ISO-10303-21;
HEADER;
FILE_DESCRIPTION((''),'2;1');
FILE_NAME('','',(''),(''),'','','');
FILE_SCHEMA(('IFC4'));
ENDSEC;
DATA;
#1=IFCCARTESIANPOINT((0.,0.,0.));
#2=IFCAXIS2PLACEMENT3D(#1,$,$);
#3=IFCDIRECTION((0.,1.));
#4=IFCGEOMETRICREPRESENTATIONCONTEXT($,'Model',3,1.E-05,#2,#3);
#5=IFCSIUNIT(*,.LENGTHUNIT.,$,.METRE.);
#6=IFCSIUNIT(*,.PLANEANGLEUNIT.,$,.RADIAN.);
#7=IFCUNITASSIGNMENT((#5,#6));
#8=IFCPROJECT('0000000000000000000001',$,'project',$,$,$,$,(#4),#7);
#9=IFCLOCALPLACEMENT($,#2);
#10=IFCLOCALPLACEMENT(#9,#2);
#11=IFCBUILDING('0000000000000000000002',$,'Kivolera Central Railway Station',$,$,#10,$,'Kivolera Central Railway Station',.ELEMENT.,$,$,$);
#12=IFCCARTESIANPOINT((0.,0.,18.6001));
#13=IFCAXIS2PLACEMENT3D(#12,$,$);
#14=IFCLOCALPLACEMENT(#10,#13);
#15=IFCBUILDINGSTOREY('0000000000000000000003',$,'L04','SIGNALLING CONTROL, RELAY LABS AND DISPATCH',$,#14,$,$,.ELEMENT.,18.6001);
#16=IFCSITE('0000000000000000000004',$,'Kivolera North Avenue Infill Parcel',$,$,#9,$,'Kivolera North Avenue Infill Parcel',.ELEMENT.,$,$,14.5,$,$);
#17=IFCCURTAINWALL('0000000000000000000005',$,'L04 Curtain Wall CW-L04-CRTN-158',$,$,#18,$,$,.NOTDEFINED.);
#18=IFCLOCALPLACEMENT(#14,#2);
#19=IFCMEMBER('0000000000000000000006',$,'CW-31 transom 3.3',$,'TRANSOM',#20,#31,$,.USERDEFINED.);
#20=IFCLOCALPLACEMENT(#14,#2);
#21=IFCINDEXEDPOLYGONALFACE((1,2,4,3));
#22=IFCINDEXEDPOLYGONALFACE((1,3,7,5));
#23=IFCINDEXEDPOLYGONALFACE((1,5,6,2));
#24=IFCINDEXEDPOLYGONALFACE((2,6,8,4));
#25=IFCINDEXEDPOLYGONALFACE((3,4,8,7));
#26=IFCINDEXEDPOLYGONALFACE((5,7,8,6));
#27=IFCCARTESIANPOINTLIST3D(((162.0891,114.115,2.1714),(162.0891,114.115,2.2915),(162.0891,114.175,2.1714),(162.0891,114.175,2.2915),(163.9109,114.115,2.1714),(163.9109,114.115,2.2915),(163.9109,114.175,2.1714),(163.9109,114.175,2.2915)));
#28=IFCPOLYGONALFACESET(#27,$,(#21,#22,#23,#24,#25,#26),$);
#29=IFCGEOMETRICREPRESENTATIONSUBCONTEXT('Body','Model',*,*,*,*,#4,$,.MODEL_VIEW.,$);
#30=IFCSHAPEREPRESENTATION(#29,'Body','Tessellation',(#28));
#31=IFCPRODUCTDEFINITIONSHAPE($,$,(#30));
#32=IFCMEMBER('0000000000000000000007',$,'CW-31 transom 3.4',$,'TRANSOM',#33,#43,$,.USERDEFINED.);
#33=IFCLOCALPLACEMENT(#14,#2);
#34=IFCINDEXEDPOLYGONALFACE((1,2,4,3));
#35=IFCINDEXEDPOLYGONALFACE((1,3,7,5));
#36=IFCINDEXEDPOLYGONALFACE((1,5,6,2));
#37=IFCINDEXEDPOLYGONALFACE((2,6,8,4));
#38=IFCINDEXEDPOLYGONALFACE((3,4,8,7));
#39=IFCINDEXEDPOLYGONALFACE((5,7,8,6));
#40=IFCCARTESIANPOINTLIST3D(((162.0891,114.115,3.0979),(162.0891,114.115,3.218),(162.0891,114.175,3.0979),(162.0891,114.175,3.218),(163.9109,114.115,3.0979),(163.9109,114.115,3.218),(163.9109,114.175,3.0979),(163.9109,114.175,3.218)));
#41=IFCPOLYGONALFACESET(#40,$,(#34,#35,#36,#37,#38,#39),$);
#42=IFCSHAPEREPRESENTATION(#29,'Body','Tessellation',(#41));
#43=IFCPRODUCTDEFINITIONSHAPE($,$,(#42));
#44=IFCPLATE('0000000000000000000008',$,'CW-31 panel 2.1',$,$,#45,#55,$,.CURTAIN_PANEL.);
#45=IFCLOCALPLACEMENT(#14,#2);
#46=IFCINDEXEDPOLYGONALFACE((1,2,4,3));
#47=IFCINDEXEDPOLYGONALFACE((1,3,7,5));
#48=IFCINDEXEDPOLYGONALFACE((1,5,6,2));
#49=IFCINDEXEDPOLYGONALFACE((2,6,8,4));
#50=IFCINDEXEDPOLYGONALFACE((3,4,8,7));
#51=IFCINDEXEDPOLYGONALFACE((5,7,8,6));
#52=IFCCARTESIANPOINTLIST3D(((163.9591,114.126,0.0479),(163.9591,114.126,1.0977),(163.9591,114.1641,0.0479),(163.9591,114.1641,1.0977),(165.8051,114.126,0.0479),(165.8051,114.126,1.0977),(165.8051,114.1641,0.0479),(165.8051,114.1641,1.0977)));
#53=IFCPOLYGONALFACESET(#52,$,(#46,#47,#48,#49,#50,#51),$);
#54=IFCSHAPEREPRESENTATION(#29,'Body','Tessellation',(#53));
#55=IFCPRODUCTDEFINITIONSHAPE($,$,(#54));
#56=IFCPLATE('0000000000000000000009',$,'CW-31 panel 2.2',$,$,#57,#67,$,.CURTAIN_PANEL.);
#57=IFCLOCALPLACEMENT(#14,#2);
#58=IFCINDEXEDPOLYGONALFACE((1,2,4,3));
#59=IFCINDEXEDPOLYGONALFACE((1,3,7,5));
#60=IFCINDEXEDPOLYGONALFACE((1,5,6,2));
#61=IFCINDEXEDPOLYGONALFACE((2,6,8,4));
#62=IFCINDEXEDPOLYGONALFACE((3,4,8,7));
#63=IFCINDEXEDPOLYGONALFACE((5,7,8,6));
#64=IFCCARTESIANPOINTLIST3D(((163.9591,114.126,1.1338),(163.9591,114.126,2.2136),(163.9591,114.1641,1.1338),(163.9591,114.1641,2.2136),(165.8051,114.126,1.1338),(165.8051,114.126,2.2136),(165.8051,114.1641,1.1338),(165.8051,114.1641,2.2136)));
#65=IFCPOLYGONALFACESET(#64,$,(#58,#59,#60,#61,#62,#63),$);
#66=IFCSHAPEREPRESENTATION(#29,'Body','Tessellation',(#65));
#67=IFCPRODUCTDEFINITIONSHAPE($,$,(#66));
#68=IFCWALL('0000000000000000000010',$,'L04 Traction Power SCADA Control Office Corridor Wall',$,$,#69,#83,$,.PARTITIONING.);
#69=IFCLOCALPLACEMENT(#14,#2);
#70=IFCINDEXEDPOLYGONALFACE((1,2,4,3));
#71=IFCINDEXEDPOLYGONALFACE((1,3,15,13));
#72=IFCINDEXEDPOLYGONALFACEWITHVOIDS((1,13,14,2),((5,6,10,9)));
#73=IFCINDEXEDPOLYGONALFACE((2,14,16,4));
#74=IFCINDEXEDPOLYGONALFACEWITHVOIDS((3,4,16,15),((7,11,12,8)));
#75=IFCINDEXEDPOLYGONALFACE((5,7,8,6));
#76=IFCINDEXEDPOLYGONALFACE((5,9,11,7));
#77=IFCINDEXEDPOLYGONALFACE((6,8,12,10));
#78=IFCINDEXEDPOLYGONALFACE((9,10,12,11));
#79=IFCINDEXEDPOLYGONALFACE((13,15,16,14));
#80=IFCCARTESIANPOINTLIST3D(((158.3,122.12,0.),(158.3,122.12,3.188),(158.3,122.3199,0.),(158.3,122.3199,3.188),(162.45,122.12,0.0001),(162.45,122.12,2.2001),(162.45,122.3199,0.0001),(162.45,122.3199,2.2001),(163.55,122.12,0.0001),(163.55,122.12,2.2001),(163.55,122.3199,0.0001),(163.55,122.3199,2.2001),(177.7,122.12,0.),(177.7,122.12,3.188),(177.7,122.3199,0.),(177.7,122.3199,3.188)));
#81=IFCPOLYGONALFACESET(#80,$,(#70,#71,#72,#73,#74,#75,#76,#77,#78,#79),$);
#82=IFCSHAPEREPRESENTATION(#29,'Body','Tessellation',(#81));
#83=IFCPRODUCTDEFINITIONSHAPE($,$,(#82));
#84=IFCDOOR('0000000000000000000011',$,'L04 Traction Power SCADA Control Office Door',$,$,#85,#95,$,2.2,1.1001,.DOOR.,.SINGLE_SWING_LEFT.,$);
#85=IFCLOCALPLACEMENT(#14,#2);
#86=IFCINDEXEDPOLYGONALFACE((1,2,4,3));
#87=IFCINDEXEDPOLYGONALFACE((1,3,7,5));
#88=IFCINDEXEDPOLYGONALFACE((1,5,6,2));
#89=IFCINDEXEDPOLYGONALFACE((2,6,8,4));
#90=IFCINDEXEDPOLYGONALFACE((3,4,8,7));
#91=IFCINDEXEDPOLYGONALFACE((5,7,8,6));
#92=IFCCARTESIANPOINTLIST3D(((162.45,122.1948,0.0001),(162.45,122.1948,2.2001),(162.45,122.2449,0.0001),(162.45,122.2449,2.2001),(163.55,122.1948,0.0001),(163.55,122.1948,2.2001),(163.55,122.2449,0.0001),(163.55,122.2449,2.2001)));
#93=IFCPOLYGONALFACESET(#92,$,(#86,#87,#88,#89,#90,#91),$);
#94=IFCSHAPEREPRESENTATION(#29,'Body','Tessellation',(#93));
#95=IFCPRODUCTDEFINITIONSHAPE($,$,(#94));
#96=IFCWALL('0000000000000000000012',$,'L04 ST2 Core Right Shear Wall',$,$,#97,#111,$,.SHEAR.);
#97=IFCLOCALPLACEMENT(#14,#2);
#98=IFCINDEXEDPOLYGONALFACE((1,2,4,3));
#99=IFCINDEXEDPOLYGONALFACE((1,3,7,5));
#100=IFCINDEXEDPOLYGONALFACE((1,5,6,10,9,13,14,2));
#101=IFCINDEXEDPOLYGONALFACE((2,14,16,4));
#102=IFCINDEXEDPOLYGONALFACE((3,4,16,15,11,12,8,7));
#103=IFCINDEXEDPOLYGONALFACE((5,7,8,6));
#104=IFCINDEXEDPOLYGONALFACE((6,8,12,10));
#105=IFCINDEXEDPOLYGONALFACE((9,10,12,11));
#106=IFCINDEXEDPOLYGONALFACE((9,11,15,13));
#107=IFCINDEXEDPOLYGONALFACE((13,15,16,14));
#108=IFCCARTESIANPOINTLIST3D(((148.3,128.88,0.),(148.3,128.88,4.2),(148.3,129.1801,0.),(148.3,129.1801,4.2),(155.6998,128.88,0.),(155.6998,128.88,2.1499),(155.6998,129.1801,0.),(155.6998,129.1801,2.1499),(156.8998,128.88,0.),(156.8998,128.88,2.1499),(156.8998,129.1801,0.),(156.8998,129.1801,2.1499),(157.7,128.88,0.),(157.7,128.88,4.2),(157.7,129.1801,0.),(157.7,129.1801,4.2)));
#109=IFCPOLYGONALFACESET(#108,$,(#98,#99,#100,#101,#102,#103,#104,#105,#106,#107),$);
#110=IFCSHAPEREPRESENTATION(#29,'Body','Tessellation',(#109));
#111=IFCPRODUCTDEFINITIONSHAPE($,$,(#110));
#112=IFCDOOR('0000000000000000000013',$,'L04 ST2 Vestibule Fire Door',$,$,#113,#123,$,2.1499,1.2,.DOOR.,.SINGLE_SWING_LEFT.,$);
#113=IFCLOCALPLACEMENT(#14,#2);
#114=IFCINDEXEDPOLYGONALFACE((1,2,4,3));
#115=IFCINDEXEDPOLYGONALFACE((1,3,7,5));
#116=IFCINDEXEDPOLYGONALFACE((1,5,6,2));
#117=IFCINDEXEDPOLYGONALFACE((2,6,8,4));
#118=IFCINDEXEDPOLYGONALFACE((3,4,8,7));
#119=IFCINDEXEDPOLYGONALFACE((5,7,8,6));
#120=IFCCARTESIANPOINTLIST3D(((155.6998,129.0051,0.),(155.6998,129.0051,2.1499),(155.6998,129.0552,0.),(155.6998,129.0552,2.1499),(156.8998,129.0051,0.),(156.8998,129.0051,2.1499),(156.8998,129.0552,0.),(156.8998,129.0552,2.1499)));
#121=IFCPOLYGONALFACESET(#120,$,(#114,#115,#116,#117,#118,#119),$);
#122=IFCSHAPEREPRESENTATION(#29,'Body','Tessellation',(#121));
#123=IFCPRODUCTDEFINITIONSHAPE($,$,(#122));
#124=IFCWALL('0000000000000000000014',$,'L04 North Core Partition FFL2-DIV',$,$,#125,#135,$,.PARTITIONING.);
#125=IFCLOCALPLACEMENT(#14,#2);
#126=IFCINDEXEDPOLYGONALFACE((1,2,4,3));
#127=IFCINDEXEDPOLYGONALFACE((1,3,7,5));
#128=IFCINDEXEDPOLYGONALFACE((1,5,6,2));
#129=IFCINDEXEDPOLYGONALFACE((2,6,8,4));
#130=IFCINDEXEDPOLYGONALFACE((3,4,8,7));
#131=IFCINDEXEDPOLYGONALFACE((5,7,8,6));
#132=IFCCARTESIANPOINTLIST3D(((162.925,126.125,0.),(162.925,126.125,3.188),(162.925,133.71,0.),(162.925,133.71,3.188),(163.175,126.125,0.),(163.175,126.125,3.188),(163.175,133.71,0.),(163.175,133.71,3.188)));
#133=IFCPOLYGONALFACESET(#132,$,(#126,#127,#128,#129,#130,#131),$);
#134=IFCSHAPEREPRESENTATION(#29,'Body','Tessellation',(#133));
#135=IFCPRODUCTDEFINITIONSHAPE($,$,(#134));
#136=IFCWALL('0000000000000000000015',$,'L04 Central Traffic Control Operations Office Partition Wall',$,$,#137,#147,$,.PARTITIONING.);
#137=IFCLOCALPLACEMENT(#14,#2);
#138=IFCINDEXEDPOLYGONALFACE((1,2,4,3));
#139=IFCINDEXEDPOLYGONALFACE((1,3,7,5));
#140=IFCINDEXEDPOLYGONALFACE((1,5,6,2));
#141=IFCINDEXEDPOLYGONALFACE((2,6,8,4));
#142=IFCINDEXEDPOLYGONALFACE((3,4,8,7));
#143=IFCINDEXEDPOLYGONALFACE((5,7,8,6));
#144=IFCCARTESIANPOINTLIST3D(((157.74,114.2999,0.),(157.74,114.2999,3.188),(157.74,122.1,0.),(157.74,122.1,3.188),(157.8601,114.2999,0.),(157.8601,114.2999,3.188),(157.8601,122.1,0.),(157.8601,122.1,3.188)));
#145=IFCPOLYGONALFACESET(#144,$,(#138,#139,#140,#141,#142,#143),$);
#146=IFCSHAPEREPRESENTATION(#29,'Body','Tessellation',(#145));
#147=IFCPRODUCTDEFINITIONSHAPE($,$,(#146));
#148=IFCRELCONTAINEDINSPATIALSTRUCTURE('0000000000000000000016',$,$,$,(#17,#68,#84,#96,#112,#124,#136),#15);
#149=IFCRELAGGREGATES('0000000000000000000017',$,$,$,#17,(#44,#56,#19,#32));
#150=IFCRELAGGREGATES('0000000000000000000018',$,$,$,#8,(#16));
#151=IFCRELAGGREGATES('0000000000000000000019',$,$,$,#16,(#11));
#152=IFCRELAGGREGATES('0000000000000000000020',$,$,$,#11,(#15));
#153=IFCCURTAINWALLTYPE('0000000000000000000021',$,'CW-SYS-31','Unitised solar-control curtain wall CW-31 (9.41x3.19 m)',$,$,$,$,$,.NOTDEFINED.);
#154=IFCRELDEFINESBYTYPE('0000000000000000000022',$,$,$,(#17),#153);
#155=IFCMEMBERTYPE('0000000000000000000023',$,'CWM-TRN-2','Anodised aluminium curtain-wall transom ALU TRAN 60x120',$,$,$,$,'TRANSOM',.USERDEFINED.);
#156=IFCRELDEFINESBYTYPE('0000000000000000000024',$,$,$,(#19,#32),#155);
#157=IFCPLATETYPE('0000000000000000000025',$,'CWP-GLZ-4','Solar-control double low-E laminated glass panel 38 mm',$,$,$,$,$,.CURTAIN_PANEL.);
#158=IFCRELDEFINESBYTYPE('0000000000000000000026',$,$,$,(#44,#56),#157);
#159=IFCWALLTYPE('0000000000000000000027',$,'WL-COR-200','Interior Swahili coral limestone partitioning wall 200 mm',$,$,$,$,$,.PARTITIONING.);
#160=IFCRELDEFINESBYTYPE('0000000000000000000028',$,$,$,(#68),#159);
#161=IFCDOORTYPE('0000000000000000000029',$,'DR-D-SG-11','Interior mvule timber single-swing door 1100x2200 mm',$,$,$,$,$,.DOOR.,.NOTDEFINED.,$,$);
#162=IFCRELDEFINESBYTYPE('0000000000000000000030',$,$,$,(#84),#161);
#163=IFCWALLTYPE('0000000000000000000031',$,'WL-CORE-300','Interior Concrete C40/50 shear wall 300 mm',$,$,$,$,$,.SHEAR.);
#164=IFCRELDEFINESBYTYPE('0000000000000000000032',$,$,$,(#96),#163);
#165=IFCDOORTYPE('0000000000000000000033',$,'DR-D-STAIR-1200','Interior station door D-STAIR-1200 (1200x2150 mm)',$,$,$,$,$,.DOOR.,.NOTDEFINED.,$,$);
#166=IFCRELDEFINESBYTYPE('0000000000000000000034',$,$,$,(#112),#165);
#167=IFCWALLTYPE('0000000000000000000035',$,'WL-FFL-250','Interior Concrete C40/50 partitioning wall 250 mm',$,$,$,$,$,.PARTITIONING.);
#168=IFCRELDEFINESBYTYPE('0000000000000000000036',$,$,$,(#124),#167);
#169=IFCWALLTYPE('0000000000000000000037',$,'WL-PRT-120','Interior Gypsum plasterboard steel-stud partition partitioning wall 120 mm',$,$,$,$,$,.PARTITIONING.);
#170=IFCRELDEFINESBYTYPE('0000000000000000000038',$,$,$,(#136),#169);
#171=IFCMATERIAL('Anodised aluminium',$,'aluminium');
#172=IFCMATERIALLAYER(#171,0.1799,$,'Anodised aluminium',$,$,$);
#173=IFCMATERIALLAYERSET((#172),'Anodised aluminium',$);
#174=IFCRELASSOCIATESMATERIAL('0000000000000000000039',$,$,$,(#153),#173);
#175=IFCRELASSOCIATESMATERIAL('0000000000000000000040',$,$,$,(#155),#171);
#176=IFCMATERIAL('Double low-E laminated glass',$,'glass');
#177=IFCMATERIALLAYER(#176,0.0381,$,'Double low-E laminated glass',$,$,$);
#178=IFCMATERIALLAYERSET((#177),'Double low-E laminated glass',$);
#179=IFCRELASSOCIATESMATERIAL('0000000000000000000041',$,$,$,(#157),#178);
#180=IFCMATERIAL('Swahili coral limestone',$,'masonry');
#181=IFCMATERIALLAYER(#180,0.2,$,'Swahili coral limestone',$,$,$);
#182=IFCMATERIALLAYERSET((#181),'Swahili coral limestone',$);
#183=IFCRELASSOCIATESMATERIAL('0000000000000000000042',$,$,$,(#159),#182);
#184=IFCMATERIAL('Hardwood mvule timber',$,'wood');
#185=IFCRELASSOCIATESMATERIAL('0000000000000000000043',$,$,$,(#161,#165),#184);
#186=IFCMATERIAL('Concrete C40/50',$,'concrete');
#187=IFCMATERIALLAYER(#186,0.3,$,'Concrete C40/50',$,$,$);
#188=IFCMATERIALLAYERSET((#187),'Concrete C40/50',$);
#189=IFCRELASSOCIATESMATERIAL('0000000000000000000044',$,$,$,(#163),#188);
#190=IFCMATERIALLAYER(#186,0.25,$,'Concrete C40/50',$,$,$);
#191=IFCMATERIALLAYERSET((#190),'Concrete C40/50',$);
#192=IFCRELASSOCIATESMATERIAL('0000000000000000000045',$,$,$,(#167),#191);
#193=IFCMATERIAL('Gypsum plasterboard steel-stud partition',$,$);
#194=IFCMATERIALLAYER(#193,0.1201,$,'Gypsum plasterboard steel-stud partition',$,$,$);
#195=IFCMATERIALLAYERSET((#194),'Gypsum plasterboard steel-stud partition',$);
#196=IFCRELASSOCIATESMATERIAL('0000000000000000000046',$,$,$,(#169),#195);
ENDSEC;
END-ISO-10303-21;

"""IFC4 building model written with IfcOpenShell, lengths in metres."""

from ifc_helpers import new_model, si_unit, direction, frame, frame_2d, origin, origin_2d, place, context, subcontext, project, spatial, rectangle, extrude, material, layer, layer_set, material_profile, profile_set, type_object, element, fill, aggregate, save


model = new_model("IFC4")

# Units and contexts
model_context = context("Model", 3, precision=1e-05, world=origin(), true_north=direction((0.0, 1.0)))
body_context = subcontext(model_context, "Body", "Model", "MODEL_VIEW")
ifc_project = project(units=[si_unit("LENGTHUNIT", "METRE"), si_unit("PLANEANGLEUNIT", "RADIAN")], contexts=[model_context])

# Site, building, storey
site_placement = place(None, origin())
site = spatial("IfcSite", under=ifc_project, at=site_placement, Name="Kivolera North Avenue Infill Parcel", LongName="Kivolera North Avenue Infill Parcel", CompositionType="ELEMENT", RefElevation=14.5)
building_placement = place(site_placement, origin())
building = spatial("IfcBuilding", under=site, at=building_placement, Name="Kivolera Central Railway Station", LongName="Kivolera Central Railway Station", CompositionType="ELEMENT")
storey_placement = place(building_placement, frame((0.0, 0.0, 18.6001)))
storey = spatial("IfcBuildingStorey", under=building, at=storey_placement, Name="L04", Description="SIGNALLING CONTROL, RELAY LABS AND DISPATCH", CompositionType="ELEMENT", Elevation=18.6001)

# Shared definitions
ifc_material_1 = material(Name="Concrete C40/50", Category="concrete")

# Curtain wall, members, plates
ifc_material_2 = material(Name="Anodised aluminium", Category="aluminium")
ifc_layer_1 = layer(ifc_material_2, 0.1799, Name="Anodised aluminium")
ifc_layer_set_1 = layer_set([ifc_layer_1], Name="Anodised aluminium")
curtain_wall_type = type_object("IfcCurtainWallType", Name="CW-SYS-31", Description="Unitised solar-control curtain wall CW-31 (9.41x3.19 m)", PredefinedType="NOTDEFINED", material=ifc_layer_set_1)
curtain_wall_placement = place(storey_placement, origin())
curtain_wall = element("IfcCurtainWall", 1, at=curtain_wall_placement, inside=storey, type_object=curtain_wall_type, Name="L04 Curtain Wall CW-L04-CRTN-158", PredefinedType="NOTDEFINED")
ifc_material_profile_1 = material_profile(ifc_material_2, rectangle(XDim=0.0601, YDim=0.1201, at=origin_2d()), Name="ALU TRAN 60x120")
ifc_profile_set_1 = profile_set([ifc_material_profile_1], Name="Anodised aluminium")
member_type_1 = type_object("IfcMemberType", Name="CWM-TRN-2", Description="Anodised aluminium curtain-wall transom ALU TRAN 60x120", ElementType="TRANSOM", PredefinedType="USERDEFINED", material=ifc_profile_set_1)
member_1_placement = place(storey_placement, frame((163.9109, 114.145, 2.2314), z_axis=(-1.0, 0.0, 0.0), x_axis=(0.0, -1.0, 0.0)))
member_1 = element("IfcMember", 2, at=member_1_placement, type_object=member_type_1, Name="CW-31 transom 3.3", ObjectType="TRANSOM", PredefinedType="USERDEFINED", context=body_context, shape_type="SweptSolid", body=[
    extrude(rectangle(XDim=0.0601, YDim=0.1201, at=origin_2d()), origin(), (0.0, 0.0, 1.0), 1.8218),
])
member_2_placement = place(storey_placement, frame((163.9109, 114.145, 3.158), z_axis=(-1.0, 0.0, 0.0), x_axis=(0.0, -1.0, 0.0)))
member_2 = element("IfcMember", 3, at=member_2_placement, type_object=member_type_1, Name="CW-31 transom 3.4", ObjectType="TRANSOM", PredefinedType="USERDEFINED", context=body_context, shape_type="SweptSolid", body=[
    extrude(rectangle(XDim=0.0601, YDim=0.1201, at=origin_2d()), origin(), (0.0, 0.0, 1.0), 1.8218),
])
ifc_material_3 = material(Name="Double low-E laminated glass", Category="glass")
ifc_layer_2 = layer(ifc_material_3, 0.0381, Name="Double low-E laminated glass")
ifc_layer_set_2 = layer_set([ifc_layer_2], Name="Double low-E laminated glass")
plate_type = type_object("IfcPlateType", Name="CWP-GLZ-4", Description="Solar-control double low-E laminated glass panel 38 mm", PredefinedType="CURTAIN_PANEL", material=ifc_layer_set_2)
plate_1_placement = place(storey_placement, frame((164.8821, 114.145, 0.0479), z_axis=(0.0, 0.0, 1.0), x_axis=(-1.0, 0.0, 0.0)))
plate_1 = element("IfcPlate", 4, at=plate_1_placement, type_object=plate_type, Name="CW-31 panel 2.1", PredefinedType="CURTAIN_PANEL", context=body_context, shape_type="SweptSolid", body=[
    extrude(rectangle(XDim=1.8459, YDim=0.0381, at=origin_2d()), origin(), (0.0, 0.0, 1.0), 1.0498),
])
plate_2_placement = place(storey_placement, frame((164.8821, 114.145, 1.1338), z_axis=(0.0, 0.0, 1.0), x_axis=(-1.0, 0.0, 0.0)))
plate_2 = element("IfcPlate", 5, at=plate_2_placement, type_object=plate_type, Name="CW-31 panel 2.2", PredefinedType="CURTAIN_PANEL", context=body_context, shape_type="SweptSolid", body=[
    extrude(rectangle(XDim=1.8459, YDim=0.0381, at=origin_2d()), origin(), (0.0, 0.0, 1.0), 1.0798),
])
aggregate(curtain_wall, [plate_1, plate_2, member_1, member_2])

# Walls, openings, doors
ifc_material_4 = material(Name="Swahili coral limestone", Category="masonry")
ifc_layer_3 = layer(ifc_material_4, 0.2, Name="Swahili coral limestone")
ifc_layer_set_3 = layer_set([ifc_layer_3], Name="Swahili coral limestone")
wall_type_1 = type_object("IfcWallType", Name="WL-COR-200", Description="Interior Swahili coral limestone partitioning wall 200 mm", PredefinedType="PARTITIONING", material=ifc_layer_set_3)
wall_1_placement = place(storey_placement, frame((158.3, 122.22, 0.0), z_axis=(0.0, 0.0, 1.0), x_axis=(1.0, 0.0, 0.0)))
wall_1 = element("IfcWall", 6, at=wall_1_placement, inside=storey, type_object=wall_type_1, Name="L04 Traction Power SCADA Control Office Corridor Wall", PredefinedType="PARTITIONING", context=body_context, shape_type="SweptSolid", body=[
    extrude(rectangle(XDim=19.3999, YDim=0.2, at=frame_2d((9.7, 0.0))), origin(), (0.0, 0.0, 1.0), 3.188),
])
opening_1_placement = place(wall_1_placement, frame((4.1499, 0.0, 0.0)))
opening_1 = element("IfcOpeningElement", 7, at=opening_1_placement, cuts=wall_1, PredefinedType="OPENING", context=body_context, shape_type="SweptSolid", body=[
    extrude(rectangle(XDim=1.1001, YDim=2.2, at=frame_2d((0.55, 1.1001))), frame((0.0, 0.1099, 0.0), z_axis=(0.0, -1.0, 0.0), x_axis=(1.0, 0.0, 0.0)), (0.0, 0.0, 1.0), 0.22),
])
ifc_material_5 = material(Name="Hardwood mvule timber", Category="wood")
door_type_1 = type_object("IfcDoorType", Name="DR-D-SG-11", Description="Interior mvule timber single-swing door 1100x2200 mm", OperationType="NOTDEFINED", PredefinedType="DOOR", material=ifc_material_5)
door_1_placement = place(opening_1_placement, origin())
door_1 = element("IfcDoor", 8, at=door_1_placement, inside=storey, type_object=door_type_1, Name="L04 Traction Power SCADA Control Office Door", OperationType="SINGLE_SWING_LEFT", OverallHeight=2.2, OverallWidth=1.1001, PredefinedType="DOOR", context=body_context, shape_type="SweptSolid", body=[
    extrude(rectangle(XDim=1.1001, YDim=2.2, at=frame_2d((0.55, 1.1001))), frame((0.0, 0.0249, 0.0), z_axis=(0.0, -1.0, 0.0), x_axis=(1.0, 0.0, 0.0)), (0.0, 0.0, 1.0), 0.05),
])
fill(opening_1, door_1)
ifc_layer_4 = layer(ifc_material_1, 0.3, Name="Concrete C40/50")
ifc_layer_set_4 = layer_set([ifc_layer_4], Name="Concrete C40/50")
wall_type_2 = type_object("IfcWallType", Name="WL-CORE-300", Description="Interior Concrete C40/50 shear wall 300 mm", PredefinedType="SHEAR", material=ifc_layer_set_4)
wall_2_placement = place(storey_placement, frame((157.7, 129.03, 0.0), z_axis=(0.0, 0.0, 1.0), x_axis=(-1.0, 0.0, 0.0)))
wall_2 = element("IfcWall", 9, at=wall_2_placement, inside=storey, type_object=wall_type_2, Name="L04 ST2 Core Right Shear Wall", PredefinedType="SHEAR", context=body_context, shape_type="SweptSolid", body=[
    extrude(rectangle(XDim=9.3999, YDim=0.3, at=frame_2d((4.7, 0.0))), origin(), (0.0, 0.0, 1.0), 4.2),
])
opening_2_placement = place(wall_2_placement, frame((0.8, 0.0, 0.0)))
opening_2 = element("IfcOpeningElement", 10, at=opening_2_placement, cuts=wall_2, PredefinedType="OPENING", context=body_context, shape_type="SweptSolid", body=[
    extrude(rectangle(XDim=1.2, YDim=2.1499, at=frame_2d((0.6001, 1.075))), frame((0.0, 0.1599, 0.0), z_axis=(0.0, -1.0, 0.0), x_axis=(1.0, 0.0, 0.0)), (0.0, 0.0, 1.0), 0.3201),
])
door_type_2 = type_object("IfcDoorType", Name="DR-D-STAIR-1200", Description="Interior station door D-STAIR-1200 (1200x2150 mm)", OperationType="NOTDEFINED", PredefinedType="DOOR", material=ifc_material_5)
door_2_placement = place(opening_2_placement, origin())
door_2 = element("IfcDoor", 11, at=door_2_placement, inside=storey, type_object=door_type_2, Name="L04 ST2 Vestibule Fire Door", OperationType="SINGLE_SWING_LEFT", OverallHeight=2.1499, OverallWidth=1.2, PredefinedType="DOOR", context=body_context, shape_type="SweptSolid", body=[
    extrude(rectangle(XDim=1.2, YDim=2.1499, at=frame_2d((0.6001, 1.075))), frame((0.0, 0.0249, 0.0), z_axis=(0.0, -1.0, 0.0), x_axis=(1.0, 0.0, 0.0)), (0.0, 0.0, 1.0), 0.05),
])
fill(opening_2, door_2)

# Shared definitions
ifc_layer_5 = layer(ifc_material_1, 0.25, Name="Concrete C40/50")
ifc_layer_set_5 = layer_set([ifc_layer_5], Name="Concrete C40/50")
wall_type_3 = type_object("IfcWallType", Name="WL-FFL-250", Description="Interior Concrete C40/50 partitioning wall 250 mm", PredefinedType="PARTITIONING", material=ifc_layer_set_5)

# Walls
wall_3_placement = place(storey_placement, frame((163.05, 126.125, 0.0), z_axis=(0.0, 0.0, 1.0), x_axis=(0.0, 1.0, 0.0)))
element("IfcWall", 12, at=wall_3_placement, inside=storey, type_object=wall_type_3, Name="L04 North Core Partition FFL2-DIV", PredefinedType="PARTITIONING", context=body_context, shape_type="SweptSolid", body=[
    extrude(rectangle(XDim=7.585, YDim=0.25, at=frame_2d((3.7925, 0.0))), origin(), (0.0, 0.0, 1.0), 3.188),
])
ifc_material_6 = material(Name="Gypsum plasterboard steel-stud partition")
ifc_layer_6 = layer(ifc_material_6, 0.1201, Name="Gypsum plasterboard steel-stud partition")
ifc_layer_set_6 = layer_set([ifc_layer_6], Name="Gypsum plasterboard steel-stud partition")
wall_type_4 = type_object("IfcWallType", Name="WL-PRT-120", Description="Interior Gypsum plasterboard steel-stud partition partitioning wall 120 mm", PredefinedType="PARTITIONING", material=ifc_layer_set_6)
wall_4_placement = place(storey_placement, frame((157.8, 114.3, 0.0), z_axis=(0.0, 0.0, 1.0), x_axis=(0.0, 1.0, 0.0)))
element("IfcWall", 13, at=wall_4_placement, inside=storey, type_object=wall_type_4, Name="L04 Central Traffic Control Operations Office Partition Wall", PredefinedType="PARTITIONING", context=body_context, shape_type="SweptSolid", body=[
    extrude(rectangle(XDim=7.8, YDim=0.1201, at=frame_2d((3.8999, 0.0))), origin(), (0.0, 0.0, 1.0), 3.188),
])

save(model, "model.ifc")
